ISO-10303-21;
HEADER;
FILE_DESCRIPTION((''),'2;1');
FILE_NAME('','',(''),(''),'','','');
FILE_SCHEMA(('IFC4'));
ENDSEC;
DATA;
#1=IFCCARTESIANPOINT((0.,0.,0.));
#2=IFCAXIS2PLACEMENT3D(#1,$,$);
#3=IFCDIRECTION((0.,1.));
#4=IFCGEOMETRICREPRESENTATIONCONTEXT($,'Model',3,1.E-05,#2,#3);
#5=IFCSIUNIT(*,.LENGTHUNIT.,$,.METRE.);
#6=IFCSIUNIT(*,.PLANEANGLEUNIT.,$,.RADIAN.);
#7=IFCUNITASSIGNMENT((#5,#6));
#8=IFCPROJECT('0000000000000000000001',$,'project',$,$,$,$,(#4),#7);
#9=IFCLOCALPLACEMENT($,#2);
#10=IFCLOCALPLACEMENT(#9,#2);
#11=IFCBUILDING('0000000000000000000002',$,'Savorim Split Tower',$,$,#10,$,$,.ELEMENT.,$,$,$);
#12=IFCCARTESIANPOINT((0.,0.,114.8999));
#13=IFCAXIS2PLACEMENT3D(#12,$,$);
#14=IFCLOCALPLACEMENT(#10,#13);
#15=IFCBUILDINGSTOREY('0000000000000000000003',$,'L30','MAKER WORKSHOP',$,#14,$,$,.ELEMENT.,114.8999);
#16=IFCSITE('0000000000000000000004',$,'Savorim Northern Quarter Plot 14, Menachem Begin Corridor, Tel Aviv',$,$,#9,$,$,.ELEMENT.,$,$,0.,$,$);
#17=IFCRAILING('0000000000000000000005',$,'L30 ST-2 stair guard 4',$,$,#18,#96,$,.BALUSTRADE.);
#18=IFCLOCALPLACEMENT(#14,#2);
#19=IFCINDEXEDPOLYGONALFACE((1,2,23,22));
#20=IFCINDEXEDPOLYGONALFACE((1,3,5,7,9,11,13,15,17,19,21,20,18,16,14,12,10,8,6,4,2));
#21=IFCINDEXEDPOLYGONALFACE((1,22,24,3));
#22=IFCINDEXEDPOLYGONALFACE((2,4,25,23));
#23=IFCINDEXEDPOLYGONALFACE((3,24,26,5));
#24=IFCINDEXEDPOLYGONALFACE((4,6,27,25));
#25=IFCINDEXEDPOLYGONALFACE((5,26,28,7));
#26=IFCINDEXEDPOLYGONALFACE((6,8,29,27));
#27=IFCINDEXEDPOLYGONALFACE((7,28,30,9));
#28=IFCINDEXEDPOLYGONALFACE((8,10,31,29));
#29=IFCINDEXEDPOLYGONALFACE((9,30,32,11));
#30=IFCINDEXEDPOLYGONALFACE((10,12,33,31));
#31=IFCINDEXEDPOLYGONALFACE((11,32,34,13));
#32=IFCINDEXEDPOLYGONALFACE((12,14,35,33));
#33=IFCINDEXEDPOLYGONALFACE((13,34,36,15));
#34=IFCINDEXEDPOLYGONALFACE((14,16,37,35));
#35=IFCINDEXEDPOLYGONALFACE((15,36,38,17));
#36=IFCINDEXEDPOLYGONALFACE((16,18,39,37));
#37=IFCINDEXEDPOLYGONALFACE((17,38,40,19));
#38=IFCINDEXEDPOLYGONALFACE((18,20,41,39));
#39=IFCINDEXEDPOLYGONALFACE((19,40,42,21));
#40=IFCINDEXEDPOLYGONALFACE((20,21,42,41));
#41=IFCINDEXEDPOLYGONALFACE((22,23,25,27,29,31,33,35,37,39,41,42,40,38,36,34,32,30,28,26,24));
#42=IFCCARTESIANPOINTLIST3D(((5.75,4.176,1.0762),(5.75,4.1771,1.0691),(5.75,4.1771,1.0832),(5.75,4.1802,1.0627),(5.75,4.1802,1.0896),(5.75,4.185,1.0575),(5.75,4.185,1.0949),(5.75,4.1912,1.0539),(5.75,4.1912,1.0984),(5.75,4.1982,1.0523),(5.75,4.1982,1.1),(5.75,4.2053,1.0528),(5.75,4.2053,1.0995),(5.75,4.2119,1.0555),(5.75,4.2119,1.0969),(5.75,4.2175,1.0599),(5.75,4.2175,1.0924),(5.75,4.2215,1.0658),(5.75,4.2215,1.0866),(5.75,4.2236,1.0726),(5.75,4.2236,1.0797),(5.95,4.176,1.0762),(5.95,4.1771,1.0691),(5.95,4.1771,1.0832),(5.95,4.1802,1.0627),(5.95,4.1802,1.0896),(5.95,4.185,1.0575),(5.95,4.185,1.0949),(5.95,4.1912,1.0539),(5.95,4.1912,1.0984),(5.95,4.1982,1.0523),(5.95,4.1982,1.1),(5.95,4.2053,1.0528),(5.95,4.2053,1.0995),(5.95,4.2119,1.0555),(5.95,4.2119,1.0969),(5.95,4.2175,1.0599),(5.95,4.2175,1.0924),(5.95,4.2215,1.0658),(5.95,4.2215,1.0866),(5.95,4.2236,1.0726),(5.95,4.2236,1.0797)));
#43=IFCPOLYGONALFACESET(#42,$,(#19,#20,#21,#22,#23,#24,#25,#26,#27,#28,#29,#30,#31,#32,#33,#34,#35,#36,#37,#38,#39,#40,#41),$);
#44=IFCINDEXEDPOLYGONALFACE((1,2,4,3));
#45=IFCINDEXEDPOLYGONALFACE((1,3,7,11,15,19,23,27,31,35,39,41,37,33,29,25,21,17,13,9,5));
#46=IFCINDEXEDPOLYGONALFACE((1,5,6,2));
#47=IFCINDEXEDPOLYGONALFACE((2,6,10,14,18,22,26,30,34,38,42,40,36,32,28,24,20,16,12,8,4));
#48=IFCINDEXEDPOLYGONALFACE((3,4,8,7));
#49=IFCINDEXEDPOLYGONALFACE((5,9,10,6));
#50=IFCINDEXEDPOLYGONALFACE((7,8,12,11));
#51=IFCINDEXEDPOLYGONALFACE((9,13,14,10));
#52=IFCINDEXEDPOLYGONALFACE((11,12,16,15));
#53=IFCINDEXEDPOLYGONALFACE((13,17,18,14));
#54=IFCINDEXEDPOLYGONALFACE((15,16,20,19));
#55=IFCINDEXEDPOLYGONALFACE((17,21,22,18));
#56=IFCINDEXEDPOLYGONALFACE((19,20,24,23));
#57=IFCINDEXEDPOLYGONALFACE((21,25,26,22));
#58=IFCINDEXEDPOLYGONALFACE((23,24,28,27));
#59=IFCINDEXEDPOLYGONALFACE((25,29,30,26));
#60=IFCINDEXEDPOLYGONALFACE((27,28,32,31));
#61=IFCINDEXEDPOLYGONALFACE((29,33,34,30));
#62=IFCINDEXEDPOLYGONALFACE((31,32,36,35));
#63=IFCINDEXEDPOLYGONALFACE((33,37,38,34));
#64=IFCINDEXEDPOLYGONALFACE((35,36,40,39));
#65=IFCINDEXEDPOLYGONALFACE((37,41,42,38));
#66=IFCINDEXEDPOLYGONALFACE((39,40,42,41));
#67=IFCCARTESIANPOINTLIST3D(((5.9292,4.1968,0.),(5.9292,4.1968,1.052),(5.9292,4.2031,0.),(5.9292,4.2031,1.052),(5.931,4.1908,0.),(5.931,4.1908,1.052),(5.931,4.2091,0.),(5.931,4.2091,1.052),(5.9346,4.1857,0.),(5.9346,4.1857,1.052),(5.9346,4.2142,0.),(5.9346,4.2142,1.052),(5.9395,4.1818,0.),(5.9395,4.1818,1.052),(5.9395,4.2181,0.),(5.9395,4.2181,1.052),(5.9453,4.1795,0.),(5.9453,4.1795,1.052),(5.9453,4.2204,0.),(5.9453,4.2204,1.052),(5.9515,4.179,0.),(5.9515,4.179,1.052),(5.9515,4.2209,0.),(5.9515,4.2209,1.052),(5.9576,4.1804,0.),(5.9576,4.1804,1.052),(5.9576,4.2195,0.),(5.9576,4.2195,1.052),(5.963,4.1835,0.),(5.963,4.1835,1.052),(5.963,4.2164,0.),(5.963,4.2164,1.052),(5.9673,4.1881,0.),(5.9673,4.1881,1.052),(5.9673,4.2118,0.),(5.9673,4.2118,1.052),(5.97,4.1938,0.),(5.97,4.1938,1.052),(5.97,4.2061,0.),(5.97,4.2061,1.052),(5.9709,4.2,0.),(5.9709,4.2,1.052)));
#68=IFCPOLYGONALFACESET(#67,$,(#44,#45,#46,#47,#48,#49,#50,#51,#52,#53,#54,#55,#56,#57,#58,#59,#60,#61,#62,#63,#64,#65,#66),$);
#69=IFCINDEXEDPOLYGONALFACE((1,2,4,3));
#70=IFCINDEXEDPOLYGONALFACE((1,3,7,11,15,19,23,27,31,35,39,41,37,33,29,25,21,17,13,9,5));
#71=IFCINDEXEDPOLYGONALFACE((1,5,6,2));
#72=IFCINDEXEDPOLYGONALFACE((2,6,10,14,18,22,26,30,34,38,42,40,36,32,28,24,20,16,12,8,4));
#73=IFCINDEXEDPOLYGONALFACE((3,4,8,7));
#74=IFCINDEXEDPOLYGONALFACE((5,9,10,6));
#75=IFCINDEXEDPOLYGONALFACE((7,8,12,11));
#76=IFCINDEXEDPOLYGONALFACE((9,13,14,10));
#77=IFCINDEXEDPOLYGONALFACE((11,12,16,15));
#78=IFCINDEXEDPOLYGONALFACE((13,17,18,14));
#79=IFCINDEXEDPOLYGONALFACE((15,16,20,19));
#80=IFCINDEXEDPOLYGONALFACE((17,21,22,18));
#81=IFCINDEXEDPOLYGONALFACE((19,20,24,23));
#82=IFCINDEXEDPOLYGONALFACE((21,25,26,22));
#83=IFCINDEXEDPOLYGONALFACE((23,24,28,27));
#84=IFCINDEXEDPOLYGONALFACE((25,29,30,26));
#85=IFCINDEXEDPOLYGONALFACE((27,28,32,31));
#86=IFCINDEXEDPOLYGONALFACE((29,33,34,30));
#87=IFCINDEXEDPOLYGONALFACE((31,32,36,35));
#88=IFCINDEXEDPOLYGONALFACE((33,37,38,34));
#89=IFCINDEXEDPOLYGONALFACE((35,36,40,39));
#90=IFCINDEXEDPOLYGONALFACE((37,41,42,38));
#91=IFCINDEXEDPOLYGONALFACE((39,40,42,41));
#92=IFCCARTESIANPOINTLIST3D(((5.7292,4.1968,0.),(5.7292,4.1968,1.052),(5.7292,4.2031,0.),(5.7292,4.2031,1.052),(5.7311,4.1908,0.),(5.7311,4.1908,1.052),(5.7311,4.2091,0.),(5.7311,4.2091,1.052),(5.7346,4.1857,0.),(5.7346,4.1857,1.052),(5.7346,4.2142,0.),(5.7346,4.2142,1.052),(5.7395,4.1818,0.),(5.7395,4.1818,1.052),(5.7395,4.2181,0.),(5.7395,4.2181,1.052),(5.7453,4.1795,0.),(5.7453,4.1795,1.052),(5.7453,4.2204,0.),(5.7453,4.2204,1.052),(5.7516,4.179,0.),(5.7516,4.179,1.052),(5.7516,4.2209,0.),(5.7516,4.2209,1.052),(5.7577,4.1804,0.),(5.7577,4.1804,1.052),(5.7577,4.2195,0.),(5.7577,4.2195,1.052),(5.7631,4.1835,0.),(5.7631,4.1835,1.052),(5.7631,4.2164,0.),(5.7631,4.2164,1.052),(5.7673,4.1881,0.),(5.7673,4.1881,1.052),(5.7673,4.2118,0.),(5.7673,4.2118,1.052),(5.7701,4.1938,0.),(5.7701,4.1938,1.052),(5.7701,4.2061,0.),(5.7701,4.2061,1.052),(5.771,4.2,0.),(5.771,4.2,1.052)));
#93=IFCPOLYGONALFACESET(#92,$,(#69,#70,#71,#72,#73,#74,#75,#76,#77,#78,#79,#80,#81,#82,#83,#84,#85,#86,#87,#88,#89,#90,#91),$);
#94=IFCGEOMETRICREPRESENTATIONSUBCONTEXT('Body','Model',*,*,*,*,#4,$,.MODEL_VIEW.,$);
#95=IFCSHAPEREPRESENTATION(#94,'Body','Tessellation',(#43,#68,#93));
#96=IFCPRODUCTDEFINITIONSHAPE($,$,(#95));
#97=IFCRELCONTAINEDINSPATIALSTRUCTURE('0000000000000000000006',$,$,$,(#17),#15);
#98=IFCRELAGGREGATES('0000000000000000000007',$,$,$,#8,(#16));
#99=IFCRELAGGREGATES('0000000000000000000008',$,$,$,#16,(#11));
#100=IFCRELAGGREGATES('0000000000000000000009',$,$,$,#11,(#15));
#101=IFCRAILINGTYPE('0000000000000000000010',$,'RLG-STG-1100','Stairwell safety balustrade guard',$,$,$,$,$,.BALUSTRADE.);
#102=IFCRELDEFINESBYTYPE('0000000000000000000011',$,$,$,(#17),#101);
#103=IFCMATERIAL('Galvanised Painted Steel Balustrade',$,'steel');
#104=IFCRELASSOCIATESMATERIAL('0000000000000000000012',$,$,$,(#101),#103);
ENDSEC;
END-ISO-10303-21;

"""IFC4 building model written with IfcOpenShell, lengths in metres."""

from ifc_helpers import new_model, si_unit, direction, frame, origin, origin_2d, place, context, subcontext, project, spatial, circle, extrude, material, type_object, element, save


model = new_model("IFC4")

# Units and contexts
model_context = context("Model", 3, precision=1e-05, world=origin(), true_north=direction((0.0, 1.0)))
body_context = subcontext(model_context, "Body", "Model", "MODEL_VIEW")
ifc_project = project(units=[si_unit("LENGTHUNIT", "METRE"), si_unit("PLANEANGLEUNIT", "RADIAN")], contexts=[model_context])

# Site, building, storey
site_placement = place(None, origin())
site = spatial("IfcSite", under=ifc_project, at=site_placement, Name="Savorim Northern Quarter Plot 14, Menachem Begin Corridor, Tel Aviv", CompositionType="ELEMENT", RefElevation=0.0)
building_placement = place(site_placement, origin())
building = spatial("IfcBuilding", under=site, at=building_placement, Name="Savorim Split Tower", CompositionType="ELEMENT")
storey_placement = place(building_placement, frame((0.0, 0.0, 114.8999)))
storey = spatial("IfcBuildingStorey", under=building, at=storey_placement, Name="L30", Description="MAKER WORKSHOP", CompositionType="ELEMENT", Elevation=114.8999)

# Railing
ifc_material_1 = material(Name="Galvanised Painted Steel Balustrade", Category="steel")
railing_type_1 = type_object("IfcRailingType", Name="RLG-STG-1100", Description="Stairwell safety balustrade guard", PredefinedType="BALUSTRADE", material=ifc_material_1)
railing_1_placement = place(storey_placement, frame((5.95, 4.2, 0.0)))
element("IfcRailing", 1, at=railing_1_placement, inside=storey, type_object=railing_type_1, Name="L30 ST-2 stair guard 4", PredefinedType="BALUSTRADE", context=body_context, shape_type="SweptSolid", body=[
    extrude(circle(Radius=0.0239, at=origin_2d()), frame((0.0, 0.0, 1.0762), z_axis=(-1.0, 0.0, 0.0), x_axis=(0.0, -1.0, 0.0)), (0.0, 0.0, 1.0), 0.2),
    extrude(circle(Radius=0.021, at=origin_2d()), origin(), (0.0, 0.0, 1.0), 1.052),
    extrude(circle(Radius=0.021, at=origin_2d()), frame((-0.2, 0.0, 0.0)), (0.0, 0.0, 1.0), 1.052),
])

save(model, "model.ifc")
